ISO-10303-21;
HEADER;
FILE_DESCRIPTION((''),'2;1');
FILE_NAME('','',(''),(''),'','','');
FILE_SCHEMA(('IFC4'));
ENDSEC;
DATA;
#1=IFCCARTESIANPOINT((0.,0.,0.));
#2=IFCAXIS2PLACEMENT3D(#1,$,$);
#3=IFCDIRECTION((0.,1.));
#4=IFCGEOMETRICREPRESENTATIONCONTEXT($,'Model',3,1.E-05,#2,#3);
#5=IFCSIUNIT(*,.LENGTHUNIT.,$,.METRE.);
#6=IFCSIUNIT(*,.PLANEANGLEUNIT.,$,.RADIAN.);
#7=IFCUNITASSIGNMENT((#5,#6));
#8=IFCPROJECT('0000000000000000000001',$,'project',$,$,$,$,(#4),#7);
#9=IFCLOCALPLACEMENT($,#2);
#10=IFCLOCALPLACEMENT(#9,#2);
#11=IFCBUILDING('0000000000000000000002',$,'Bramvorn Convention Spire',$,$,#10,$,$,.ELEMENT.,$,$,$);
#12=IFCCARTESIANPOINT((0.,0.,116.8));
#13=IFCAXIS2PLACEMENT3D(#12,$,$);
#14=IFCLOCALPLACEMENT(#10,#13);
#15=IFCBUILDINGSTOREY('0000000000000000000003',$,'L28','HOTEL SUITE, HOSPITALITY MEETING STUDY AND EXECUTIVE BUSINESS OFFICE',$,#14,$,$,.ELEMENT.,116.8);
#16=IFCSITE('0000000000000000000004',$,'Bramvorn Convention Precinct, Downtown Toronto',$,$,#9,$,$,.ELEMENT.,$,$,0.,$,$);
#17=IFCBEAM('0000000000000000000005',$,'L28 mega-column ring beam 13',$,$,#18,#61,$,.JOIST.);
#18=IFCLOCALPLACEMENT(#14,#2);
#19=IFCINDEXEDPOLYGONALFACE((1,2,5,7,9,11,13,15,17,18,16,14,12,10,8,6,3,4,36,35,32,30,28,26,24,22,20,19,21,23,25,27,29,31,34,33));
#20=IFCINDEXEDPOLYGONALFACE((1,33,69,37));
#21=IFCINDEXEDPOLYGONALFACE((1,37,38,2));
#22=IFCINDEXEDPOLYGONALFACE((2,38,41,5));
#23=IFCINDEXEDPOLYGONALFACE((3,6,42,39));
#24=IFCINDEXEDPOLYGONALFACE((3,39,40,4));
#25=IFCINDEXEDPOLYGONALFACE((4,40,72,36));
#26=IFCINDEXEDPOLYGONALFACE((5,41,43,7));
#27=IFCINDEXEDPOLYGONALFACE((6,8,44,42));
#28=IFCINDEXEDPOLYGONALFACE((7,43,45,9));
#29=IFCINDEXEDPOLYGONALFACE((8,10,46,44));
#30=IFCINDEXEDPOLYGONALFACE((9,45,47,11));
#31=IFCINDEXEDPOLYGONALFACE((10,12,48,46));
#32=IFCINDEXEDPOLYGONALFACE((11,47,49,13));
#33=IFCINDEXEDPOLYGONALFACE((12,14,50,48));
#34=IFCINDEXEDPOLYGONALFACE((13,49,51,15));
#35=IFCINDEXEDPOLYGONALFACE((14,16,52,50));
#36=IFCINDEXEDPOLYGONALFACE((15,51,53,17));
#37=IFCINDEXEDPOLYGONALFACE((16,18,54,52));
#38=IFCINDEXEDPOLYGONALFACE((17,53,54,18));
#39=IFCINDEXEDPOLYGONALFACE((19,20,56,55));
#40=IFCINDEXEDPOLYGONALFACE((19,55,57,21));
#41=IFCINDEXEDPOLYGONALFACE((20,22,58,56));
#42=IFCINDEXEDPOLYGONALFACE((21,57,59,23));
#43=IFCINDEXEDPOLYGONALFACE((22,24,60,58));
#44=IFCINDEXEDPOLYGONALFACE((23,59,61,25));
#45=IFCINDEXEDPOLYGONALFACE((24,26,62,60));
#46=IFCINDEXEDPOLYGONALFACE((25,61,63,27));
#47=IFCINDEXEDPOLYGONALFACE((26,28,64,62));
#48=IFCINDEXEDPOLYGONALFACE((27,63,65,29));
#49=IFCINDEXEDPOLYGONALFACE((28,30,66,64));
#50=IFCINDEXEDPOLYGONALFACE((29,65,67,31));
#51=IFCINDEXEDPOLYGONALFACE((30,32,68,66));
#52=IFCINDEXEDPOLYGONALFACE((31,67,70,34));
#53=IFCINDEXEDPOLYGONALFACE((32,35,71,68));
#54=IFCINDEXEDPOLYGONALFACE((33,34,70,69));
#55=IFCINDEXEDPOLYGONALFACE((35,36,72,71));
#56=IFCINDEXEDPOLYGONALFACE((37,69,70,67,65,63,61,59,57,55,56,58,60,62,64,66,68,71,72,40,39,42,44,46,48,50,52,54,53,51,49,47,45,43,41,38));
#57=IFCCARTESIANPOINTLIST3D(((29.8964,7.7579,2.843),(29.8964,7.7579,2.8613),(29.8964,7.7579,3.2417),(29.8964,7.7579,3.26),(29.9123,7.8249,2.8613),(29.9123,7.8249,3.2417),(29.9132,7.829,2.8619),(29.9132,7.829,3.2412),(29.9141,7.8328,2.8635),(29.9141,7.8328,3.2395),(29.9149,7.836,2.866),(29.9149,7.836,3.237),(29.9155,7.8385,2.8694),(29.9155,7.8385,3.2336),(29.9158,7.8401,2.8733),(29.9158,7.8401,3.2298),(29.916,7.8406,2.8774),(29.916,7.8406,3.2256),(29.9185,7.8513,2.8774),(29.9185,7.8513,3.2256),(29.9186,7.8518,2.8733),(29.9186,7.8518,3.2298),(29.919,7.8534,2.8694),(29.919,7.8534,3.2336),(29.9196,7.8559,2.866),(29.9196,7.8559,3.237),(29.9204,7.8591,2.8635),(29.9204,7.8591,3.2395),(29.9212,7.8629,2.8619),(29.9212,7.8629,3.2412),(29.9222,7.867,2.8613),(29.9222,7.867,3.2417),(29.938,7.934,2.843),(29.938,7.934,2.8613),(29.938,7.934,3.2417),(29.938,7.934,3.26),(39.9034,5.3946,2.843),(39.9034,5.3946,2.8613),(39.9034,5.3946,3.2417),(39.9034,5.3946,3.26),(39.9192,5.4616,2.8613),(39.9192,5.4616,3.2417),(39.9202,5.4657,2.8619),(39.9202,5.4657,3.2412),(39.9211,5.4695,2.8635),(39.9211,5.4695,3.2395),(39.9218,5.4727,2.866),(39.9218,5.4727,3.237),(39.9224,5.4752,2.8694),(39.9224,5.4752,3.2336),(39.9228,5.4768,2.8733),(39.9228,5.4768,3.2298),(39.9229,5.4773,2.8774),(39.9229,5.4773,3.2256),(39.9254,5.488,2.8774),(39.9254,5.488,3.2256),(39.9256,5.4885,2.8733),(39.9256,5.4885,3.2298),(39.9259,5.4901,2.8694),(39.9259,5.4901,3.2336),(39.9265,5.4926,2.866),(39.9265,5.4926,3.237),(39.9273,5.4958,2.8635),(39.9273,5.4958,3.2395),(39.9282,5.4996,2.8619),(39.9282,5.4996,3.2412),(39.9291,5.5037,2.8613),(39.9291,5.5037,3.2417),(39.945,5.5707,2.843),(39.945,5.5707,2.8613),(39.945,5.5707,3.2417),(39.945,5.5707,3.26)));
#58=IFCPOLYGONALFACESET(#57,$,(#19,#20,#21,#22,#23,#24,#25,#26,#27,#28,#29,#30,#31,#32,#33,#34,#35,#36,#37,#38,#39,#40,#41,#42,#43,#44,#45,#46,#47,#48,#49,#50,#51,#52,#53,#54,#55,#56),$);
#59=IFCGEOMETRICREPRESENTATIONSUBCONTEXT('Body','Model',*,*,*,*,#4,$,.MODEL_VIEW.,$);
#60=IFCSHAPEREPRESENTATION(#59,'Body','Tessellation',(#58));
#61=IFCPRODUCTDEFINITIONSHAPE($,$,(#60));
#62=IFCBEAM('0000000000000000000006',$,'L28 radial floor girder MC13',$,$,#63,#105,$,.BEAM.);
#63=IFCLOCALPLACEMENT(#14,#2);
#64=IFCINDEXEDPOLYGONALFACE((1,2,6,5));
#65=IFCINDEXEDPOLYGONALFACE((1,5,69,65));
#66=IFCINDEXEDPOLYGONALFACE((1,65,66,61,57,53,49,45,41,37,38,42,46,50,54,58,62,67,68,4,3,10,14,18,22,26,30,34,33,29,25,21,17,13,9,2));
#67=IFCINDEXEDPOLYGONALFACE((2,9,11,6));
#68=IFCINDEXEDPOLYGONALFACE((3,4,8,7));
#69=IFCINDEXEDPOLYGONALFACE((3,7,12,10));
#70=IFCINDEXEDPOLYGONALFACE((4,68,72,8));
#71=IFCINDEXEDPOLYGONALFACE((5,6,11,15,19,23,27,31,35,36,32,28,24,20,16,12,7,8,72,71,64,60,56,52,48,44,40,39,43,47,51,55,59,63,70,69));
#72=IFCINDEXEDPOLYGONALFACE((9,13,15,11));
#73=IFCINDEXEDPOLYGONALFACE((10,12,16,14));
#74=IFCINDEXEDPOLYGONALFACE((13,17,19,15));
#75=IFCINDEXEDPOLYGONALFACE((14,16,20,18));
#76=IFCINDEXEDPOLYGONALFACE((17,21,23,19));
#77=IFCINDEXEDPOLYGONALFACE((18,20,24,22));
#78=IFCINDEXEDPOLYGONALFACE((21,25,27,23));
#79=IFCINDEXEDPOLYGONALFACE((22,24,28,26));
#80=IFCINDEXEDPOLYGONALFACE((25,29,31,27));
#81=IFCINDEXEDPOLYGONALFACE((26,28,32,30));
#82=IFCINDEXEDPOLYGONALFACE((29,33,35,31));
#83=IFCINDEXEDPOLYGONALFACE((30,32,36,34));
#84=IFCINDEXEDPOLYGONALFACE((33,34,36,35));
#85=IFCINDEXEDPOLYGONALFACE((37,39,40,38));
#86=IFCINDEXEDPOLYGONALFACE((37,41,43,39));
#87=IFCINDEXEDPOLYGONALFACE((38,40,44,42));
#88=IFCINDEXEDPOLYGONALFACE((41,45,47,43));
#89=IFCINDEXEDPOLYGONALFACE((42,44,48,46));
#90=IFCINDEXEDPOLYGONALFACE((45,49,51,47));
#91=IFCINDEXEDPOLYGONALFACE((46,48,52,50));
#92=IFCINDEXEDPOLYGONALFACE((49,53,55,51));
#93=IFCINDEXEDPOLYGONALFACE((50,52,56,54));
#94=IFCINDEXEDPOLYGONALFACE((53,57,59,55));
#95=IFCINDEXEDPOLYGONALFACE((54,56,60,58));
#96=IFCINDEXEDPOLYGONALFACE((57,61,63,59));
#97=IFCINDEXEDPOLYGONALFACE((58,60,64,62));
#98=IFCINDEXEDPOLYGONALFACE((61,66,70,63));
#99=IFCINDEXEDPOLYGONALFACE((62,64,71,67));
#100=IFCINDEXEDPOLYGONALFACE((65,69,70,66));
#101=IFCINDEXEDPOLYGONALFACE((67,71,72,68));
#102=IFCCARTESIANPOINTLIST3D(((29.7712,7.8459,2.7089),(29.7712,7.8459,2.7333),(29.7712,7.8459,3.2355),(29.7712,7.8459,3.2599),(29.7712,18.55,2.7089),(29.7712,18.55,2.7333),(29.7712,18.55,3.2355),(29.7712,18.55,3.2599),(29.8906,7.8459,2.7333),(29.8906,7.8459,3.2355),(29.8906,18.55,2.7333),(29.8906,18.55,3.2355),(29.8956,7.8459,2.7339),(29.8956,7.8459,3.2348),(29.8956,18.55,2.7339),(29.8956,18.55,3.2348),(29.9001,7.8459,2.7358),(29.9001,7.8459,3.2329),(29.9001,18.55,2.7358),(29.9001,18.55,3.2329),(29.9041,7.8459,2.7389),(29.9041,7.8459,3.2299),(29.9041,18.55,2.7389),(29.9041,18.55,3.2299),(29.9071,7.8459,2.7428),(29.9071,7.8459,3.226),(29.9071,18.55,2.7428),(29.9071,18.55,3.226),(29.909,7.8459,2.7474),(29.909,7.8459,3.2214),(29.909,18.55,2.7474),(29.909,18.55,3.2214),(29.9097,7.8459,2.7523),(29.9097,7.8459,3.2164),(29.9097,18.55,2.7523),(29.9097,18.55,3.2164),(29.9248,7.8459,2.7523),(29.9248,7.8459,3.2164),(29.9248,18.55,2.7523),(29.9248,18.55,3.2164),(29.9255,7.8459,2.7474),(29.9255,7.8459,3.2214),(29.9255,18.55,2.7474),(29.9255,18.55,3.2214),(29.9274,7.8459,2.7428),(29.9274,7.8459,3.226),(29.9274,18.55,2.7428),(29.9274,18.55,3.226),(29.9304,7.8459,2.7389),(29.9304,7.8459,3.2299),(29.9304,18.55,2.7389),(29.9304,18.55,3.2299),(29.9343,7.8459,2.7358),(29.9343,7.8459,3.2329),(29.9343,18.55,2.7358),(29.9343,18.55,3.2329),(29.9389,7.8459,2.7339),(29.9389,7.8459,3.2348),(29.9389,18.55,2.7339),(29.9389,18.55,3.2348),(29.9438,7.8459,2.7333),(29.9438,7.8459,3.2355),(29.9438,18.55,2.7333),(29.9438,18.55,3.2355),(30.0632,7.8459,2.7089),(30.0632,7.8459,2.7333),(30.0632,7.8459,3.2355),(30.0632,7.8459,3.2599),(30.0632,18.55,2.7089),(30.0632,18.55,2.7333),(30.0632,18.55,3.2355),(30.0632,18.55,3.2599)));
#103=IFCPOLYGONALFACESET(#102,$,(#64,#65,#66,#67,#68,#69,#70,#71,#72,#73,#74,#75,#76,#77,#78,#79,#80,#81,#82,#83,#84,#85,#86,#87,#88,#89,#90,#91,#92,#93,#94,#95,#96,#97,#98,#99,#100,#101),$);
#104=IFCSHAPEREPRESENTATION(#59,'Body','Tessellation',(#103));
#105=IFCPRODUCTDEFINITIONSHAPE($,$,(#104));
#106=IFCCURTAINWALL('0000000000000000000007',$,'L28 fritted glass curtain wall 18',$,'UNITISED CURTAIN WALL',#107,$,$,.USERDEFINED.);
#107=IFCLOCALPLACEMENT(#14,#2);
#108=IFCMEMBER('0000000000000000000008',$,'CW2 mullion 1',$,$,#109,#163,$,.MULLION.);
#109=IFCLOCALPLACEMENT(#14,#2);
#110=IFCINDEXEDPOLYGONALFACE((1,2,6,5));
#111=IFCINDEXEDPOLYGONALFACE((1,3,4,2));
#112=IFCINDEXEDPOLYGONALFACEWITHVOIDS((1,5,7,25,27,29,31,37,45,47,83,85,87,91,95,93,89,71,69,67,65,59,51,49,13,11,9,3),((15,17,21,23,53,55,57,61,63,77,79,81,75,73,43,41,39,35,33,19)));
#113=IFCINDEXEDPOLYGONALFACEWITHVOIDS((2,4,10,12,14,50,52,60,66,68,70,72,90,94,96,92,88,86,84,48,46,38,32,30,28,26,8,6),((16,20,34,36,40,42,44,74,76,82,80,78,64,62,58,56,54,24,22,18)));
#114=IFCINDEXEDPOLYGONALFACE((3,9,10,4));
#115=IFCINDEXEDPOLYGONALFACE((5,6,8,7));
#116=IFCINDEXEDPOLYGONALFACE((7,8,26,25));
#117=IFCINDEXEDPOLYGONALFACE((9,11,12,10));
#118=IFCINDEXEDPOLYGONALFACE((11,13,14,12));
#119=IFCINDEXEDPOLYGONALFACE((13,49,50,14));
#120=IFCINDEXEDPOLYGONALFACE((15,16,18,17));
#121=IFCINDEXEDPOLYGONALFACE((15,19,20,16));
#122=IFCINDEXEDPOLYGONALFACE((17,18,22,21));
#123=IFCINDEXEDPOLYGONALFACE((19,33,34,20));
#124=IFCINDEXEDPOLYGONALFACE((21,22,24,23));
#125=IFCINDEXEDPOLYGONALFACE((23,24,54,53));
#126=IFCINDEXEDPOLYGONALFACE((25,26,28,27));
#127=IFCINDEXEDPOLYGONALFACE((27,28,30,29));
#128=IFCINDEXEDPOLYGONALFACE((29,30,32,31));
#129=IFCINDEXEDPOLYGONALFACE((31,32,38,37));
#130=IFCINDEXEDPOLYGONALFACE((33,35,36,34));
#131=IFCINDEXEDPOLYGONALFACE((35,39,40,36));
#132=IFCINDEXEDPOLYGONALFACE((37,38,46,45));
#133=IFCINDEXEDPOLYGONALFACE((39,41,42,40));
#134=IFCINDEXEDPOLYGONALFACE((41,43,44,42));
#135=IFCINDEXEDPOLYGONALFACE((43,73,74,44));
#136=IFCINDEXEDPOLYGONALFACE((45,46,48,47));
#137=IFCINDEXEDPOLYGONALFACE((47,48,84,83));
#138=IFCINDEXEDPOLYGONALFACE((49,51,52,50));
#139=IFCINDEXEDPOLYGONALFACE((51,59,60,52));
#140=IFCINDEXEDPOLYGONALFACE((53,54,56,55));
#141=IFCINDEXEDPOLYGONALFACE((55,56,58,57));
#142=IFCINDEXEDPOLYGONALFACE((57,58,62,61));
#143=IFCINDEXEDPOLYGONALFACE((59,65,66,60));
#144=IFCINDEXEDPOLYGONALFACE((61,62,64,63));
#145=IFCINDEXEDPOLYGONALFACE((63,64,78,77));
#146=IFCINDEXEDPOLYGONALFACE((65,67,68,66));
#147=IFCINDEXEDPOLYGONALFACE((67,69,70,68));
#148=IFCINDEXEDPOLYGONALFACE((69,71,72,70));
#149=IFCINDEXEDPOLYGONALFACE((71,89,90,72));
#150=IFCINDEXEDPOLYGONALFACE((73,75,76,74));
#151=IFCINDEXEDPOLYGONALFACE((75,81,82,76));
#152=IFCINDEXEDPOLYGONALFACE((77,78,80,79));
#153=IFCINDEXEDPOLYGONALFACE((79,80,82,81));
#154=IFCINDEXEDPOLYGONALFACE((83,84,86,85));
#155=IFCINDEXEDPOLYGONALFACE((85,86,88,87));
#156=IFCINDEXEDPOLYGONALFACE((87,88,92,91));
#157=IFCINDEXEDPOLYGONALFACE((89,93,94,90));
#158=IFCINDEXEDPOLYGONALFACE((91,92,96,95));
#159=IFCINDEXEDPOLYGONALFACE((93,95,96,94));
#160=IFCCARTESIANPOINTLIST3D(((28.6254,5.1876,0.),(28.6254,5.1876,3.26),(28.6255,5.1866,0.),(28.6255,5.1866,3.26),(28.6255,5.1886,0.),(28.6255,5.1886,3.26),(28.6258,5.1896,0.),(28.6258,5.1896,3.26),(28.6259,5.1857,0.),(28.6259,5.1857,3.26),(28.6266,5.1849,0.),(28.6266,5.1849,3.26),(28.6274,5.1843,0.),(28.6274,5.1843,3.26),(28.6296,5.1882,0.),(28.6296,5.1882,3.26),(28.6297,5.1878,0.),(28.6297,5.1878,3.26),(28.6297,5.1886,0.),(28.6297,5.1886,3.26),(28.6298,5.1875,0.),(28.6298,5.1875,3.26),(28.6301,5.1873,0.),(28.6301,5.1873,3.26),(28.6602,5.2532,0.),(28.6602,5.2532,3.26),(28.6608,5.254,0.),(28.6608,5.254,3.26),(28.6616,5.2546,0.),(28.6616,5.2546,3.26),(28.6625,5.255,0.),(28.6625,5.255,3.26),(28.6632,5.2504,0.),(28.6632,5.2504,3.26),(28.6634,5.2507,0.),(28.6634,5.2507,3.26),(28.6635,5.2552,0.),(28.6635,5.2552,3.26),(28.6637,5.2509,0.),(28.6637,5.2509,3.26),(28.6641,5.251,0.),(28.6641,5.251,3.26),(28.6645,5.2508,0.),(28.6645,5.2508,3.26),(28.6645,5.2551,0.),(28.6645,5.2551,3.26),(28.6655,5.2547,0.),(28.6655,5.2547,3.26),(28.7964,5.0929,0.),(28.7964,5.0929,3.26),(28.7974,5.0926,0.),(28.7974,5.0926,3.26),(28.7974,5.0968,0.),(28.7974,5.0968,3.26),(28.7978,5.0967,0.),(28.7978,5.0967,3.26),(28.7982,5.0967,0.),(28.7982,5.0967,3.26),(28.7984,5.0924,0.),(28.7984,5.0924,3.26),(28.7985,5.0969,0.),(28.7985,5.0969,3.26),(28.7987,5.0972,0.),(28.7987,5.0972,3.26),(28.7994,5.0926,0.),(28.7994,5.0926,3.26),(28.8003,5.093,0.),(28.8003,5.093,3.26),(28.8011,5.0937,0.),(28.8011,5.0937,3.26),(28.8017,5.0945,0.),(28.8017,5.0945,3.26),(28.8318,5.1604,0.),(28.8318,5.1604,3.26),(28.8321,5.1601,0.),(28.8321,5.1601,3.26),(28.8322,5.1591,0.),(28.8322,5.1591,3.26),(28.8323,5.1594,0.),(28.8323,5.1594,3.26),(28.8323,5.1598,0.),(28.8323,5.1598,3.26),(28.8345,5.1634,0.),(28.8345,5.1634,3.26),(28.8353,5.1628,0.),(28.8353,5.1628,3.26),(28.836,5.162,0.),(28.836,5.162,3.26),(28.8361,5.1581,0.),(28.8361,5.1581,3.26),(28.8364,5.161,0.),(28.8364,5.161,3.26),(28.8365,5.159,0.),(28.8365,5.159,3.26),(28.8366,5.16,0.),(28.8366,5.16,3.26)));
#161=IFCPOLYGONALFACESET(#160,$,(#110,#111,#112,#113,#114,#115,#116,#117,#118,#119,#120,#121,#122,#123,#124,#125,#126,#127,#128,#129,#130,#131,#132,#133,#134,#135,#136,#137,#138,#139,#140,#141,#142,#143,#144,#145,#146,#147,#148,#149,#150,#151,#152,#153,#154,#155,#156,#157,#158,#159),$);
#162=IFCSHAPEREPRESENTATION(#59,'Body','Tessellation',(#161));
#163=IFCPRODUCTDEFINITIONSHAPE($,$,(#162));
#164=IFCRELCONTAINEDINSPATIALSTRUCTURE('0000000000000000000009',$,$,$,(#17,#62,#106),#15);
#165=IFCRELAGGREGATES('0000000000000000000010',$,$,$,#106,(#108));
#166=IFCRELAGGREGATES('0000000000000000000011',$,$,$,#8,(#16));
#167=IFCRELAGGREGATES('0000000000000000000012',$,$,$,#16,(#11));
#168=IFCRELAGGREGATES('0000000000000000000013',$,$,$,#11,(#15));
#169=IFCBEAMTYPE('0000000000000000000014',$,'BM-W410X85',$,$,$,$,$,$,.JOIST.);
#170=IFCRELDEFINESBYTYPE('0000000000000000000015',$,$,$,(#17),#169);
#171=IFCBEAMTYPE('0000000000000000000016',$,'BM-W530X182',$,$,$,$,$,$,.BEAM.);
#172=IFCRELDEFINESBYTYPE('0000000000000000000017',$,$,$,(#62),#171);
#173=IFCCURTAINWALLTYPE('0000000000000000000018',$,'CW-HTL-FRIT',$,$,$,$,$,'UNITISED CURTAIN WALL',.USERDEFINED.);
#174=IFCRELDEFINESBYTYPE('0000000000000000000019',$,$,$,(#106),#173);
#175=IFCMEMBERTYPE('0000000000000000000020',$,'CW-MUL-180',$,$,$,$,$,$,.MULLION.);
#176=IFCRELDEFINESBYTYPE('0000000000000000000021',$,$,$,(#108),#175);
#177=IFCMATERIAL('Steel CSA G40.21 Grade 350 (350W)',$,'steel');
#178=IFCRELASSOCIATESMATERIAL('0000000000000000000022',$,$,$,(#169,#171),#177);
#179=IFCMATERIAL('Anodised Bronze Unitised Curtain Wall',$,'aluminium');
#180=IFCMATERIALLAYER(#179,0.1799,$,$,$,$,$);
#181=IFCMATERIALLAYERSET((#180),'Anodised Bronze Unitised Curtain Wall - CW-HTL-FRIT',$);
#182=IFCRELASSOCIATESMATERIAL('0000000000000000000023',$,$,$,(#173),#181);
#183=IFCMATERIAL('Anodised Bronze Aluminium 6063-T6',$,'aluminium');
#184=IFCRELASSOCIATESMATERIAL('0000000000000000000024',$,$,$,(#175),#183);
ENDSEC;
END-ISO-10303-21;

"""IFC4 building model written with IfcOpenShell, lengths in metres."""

from ifc_helpers import new_model, si_unit, direction, frame, origin, origin_2d, place, context, subcontext, project, spatial, hollow_rectangle, i_section, extrude, material, layer, layer_set, material_profile, profile_set, type_object, element, aggregate, save


model = new_model("IFC4")

# Units and contexts
model_context = context("Model", 3, precision=1e-05, world=origin(), true_north=direction((0.0, 1.0)))
body_context = subcontext(model_context, "Body", "Model", "MODEL_VIEW")
ifc_project = project(units=[si_unit("LENGTHUNIT", "METRE"), si_unit("PLANEANGLEUNIT", "RADIAN")], contexts=[model_context])

# Site, building, storey
site_placement = place(None, origin())
site = spatial("IfcSite", under=ifc_project, at=site_placement, Name="Bramvorn Convention Precinct, Downtown Toronto", CompositionType="ELEMENT", RefElevation=0.0)
building_placement = place(site_placement, origin())
building = spatial("IfcBuilding", under=site, at=building_placement, Name="Bramvorn Convention Spire", CompositionType="ELEMENT")
storey_placement = place(building_placement, frame((0.0, 0.0, 116.8)))
storey = spatial("IfcBuildingStorey", under=building, at=storey_placement, Name="L28", Description="HOTEL SUITE, HOSPITALITY MEETING STUDY AND EXECUTIVE BUSINESS OFFICE", CompositionType="ELEMENT", Elevation=116.8)

# Shared definitions
ifc_material_1 = material(Name="Steel CSA G40.21 Grade 350 (350W)", Category="steel")

# Beams
ifc_material_profile_1 = material_profile(ifc_material_1, i_section(OverallWidth=0.1809, OverallDepth=0.417, WebThickness=0.011, FlangeThickness=0.0183, FilletRadius=0.0161, at=origin_2d()))
ifc_profile_set_1 = profile_set([ifc_material_profile_1], Name="Steel CSA G40.21 Grade 350 (350W) - W410X85")
beam_type_1 = type_object("IfcBeamType", Name="BM-W410X85", PredefinedType="JOIST", material=ifc_profile_set_1)
beam_1_placement = place(storey_placement, frame((29.9172, 7.8459, 3.0515), z_axis=(0.973228, -0.229844, 0.0), x_axis=(0.229844, 0.973228, 0.0)))
element("IfcBeam", 1, at=beam_1_placement, inside=storey, type_object=beam_type_1, Name="L28 mega-column ring beam 13", PredefinedType="JOIST", context=body_context, shape_type="SweptSolid", body=[
    extrude(i_section(OverallWidth=0.1809, OverallDepth=0.417, WebThickness=0.011, FlangeThickness=0.0183, FilletRadius=0.0161, at=origin_2d()), origin(), (0.0, 0.0, 1.0), 10.2822),
])
ifc_material_profile_2 = material_profile(ifc_material_1, i_section(OverallWidth=0.292, OverallDepth=0.551, WebThickness=0.0151, FlangeThickness=0.0244, FilletRadius=0.019, at=origin_2d()))
ifc_profile_set_2 = profile_set([ifc_material_profile_2], Name="Steel CSA G40.21 Grade 350 (350W) - W530X182")
beam_type_2 = type_object("IfcBeamType", Name="BM-W530X182", PredefinedType="BEAM", material=ifc_profile_set_2)
beam_2_placement = place(storey_placement, frame((29.9172, 18.55, 2.9844), z_axis=(0.0, -1.0, 0.0), x_axis=(1.0, 0.0, 0.0)))
element("IfcBeam", 2, at=beam_2_placement, inside=storey, type_object=beam_type_2, Name="L28 radial floor girder MC13", PredefinedType="BEAM", context=body_context, shape_type="SweptSolid", body=[
    extrude(i_section(OverallWidth=0.292, OverallDepth=0.551, WebThickness=0.0151, FlangeThickness=0.0244, FilletRadius=0.019, at=origin_2d()), origin(), (0.0, 0.0, 1.0), 10.7041),
])

# Curtain wall, member
ifc_material_2 = material(Name="Anodised Bronze Unitised Curtain Wall", Category="aluminium")
ifc_layer_1 = layer(ifc_material_2, 0.1799)
ifc_layer_set_1 = layer_set([ifc_layer_1], Name="Anodised Bronze Unitised Curtain Wall - CW-HTL-FRIT")
curtain_wall_type = type_object("IfcCurtainWallType", Name="CW-HTL-FRIT", ElementType="UNITISED CURTAIN WALL", PredefinedType="USERDEFINED", material=ifc_layer_set_1)
curtain_wall_1_placement = place(storey_placement, origin())
curtain_wall_1 = element("IfcCurtainWall", 3, at=curtain_wall_1_placement, inside=storey, type_object=curtain_wall_type, Name="L28 fritted glass curtain wall 18", ObjectType="UNITISED CURTAIN WALL", PredefinedType="USERDEFINED")
ifc_material_3 = material(Name="Anodised Bronze Aluminium 6063-T6", Category="aluminium")
ifc_material_profile_3 = material_profile(ifc_material_3, hollow_rectangle(XDim=0.0801, YDim=0.2, WallThickness=0.0039, InnerFilletRadius=0.001, OuterFilletRadius=0.0039, at=origin_2d()))
ifc_profile_set_3 = profile_set([ifc_material_profile_3], Name="Anodised Bronze Aluminium 6063-T6 - CWM80X200")
member_type_1 = type_object("IfcMemberType", Name="CW-MUL-180", PredefinedType="MULLION", material=ifc_profile_set_3)
member_1_placement = place(storey_placement, frame((28.731, 5.1738, 0.0), z_axis=(0.0, 0.0, 1.0), x_axis=(-0.475593, -0.879666, 0.0)))
member_1 = element("IfcMember", 4, at=member_1_placement, type_object=member_type_1, Name="CW2 mullion 1", PredefinedType="MULLION", context=body_context, shape_type="SweptSolid", body=[
    extrude(hollow_rectangle(XDim=0.0801, YDim=0.2, WallThickness=0.0039, InnerFilletRadius=0.001, OuterFilletRadius=0.0039, at=origin_2d()), origin(), (0.0, 0.0, 1.0), 3.26),
])

aggregate(curtain_wall_1, [member_1])

save(model, "model.ifc")
